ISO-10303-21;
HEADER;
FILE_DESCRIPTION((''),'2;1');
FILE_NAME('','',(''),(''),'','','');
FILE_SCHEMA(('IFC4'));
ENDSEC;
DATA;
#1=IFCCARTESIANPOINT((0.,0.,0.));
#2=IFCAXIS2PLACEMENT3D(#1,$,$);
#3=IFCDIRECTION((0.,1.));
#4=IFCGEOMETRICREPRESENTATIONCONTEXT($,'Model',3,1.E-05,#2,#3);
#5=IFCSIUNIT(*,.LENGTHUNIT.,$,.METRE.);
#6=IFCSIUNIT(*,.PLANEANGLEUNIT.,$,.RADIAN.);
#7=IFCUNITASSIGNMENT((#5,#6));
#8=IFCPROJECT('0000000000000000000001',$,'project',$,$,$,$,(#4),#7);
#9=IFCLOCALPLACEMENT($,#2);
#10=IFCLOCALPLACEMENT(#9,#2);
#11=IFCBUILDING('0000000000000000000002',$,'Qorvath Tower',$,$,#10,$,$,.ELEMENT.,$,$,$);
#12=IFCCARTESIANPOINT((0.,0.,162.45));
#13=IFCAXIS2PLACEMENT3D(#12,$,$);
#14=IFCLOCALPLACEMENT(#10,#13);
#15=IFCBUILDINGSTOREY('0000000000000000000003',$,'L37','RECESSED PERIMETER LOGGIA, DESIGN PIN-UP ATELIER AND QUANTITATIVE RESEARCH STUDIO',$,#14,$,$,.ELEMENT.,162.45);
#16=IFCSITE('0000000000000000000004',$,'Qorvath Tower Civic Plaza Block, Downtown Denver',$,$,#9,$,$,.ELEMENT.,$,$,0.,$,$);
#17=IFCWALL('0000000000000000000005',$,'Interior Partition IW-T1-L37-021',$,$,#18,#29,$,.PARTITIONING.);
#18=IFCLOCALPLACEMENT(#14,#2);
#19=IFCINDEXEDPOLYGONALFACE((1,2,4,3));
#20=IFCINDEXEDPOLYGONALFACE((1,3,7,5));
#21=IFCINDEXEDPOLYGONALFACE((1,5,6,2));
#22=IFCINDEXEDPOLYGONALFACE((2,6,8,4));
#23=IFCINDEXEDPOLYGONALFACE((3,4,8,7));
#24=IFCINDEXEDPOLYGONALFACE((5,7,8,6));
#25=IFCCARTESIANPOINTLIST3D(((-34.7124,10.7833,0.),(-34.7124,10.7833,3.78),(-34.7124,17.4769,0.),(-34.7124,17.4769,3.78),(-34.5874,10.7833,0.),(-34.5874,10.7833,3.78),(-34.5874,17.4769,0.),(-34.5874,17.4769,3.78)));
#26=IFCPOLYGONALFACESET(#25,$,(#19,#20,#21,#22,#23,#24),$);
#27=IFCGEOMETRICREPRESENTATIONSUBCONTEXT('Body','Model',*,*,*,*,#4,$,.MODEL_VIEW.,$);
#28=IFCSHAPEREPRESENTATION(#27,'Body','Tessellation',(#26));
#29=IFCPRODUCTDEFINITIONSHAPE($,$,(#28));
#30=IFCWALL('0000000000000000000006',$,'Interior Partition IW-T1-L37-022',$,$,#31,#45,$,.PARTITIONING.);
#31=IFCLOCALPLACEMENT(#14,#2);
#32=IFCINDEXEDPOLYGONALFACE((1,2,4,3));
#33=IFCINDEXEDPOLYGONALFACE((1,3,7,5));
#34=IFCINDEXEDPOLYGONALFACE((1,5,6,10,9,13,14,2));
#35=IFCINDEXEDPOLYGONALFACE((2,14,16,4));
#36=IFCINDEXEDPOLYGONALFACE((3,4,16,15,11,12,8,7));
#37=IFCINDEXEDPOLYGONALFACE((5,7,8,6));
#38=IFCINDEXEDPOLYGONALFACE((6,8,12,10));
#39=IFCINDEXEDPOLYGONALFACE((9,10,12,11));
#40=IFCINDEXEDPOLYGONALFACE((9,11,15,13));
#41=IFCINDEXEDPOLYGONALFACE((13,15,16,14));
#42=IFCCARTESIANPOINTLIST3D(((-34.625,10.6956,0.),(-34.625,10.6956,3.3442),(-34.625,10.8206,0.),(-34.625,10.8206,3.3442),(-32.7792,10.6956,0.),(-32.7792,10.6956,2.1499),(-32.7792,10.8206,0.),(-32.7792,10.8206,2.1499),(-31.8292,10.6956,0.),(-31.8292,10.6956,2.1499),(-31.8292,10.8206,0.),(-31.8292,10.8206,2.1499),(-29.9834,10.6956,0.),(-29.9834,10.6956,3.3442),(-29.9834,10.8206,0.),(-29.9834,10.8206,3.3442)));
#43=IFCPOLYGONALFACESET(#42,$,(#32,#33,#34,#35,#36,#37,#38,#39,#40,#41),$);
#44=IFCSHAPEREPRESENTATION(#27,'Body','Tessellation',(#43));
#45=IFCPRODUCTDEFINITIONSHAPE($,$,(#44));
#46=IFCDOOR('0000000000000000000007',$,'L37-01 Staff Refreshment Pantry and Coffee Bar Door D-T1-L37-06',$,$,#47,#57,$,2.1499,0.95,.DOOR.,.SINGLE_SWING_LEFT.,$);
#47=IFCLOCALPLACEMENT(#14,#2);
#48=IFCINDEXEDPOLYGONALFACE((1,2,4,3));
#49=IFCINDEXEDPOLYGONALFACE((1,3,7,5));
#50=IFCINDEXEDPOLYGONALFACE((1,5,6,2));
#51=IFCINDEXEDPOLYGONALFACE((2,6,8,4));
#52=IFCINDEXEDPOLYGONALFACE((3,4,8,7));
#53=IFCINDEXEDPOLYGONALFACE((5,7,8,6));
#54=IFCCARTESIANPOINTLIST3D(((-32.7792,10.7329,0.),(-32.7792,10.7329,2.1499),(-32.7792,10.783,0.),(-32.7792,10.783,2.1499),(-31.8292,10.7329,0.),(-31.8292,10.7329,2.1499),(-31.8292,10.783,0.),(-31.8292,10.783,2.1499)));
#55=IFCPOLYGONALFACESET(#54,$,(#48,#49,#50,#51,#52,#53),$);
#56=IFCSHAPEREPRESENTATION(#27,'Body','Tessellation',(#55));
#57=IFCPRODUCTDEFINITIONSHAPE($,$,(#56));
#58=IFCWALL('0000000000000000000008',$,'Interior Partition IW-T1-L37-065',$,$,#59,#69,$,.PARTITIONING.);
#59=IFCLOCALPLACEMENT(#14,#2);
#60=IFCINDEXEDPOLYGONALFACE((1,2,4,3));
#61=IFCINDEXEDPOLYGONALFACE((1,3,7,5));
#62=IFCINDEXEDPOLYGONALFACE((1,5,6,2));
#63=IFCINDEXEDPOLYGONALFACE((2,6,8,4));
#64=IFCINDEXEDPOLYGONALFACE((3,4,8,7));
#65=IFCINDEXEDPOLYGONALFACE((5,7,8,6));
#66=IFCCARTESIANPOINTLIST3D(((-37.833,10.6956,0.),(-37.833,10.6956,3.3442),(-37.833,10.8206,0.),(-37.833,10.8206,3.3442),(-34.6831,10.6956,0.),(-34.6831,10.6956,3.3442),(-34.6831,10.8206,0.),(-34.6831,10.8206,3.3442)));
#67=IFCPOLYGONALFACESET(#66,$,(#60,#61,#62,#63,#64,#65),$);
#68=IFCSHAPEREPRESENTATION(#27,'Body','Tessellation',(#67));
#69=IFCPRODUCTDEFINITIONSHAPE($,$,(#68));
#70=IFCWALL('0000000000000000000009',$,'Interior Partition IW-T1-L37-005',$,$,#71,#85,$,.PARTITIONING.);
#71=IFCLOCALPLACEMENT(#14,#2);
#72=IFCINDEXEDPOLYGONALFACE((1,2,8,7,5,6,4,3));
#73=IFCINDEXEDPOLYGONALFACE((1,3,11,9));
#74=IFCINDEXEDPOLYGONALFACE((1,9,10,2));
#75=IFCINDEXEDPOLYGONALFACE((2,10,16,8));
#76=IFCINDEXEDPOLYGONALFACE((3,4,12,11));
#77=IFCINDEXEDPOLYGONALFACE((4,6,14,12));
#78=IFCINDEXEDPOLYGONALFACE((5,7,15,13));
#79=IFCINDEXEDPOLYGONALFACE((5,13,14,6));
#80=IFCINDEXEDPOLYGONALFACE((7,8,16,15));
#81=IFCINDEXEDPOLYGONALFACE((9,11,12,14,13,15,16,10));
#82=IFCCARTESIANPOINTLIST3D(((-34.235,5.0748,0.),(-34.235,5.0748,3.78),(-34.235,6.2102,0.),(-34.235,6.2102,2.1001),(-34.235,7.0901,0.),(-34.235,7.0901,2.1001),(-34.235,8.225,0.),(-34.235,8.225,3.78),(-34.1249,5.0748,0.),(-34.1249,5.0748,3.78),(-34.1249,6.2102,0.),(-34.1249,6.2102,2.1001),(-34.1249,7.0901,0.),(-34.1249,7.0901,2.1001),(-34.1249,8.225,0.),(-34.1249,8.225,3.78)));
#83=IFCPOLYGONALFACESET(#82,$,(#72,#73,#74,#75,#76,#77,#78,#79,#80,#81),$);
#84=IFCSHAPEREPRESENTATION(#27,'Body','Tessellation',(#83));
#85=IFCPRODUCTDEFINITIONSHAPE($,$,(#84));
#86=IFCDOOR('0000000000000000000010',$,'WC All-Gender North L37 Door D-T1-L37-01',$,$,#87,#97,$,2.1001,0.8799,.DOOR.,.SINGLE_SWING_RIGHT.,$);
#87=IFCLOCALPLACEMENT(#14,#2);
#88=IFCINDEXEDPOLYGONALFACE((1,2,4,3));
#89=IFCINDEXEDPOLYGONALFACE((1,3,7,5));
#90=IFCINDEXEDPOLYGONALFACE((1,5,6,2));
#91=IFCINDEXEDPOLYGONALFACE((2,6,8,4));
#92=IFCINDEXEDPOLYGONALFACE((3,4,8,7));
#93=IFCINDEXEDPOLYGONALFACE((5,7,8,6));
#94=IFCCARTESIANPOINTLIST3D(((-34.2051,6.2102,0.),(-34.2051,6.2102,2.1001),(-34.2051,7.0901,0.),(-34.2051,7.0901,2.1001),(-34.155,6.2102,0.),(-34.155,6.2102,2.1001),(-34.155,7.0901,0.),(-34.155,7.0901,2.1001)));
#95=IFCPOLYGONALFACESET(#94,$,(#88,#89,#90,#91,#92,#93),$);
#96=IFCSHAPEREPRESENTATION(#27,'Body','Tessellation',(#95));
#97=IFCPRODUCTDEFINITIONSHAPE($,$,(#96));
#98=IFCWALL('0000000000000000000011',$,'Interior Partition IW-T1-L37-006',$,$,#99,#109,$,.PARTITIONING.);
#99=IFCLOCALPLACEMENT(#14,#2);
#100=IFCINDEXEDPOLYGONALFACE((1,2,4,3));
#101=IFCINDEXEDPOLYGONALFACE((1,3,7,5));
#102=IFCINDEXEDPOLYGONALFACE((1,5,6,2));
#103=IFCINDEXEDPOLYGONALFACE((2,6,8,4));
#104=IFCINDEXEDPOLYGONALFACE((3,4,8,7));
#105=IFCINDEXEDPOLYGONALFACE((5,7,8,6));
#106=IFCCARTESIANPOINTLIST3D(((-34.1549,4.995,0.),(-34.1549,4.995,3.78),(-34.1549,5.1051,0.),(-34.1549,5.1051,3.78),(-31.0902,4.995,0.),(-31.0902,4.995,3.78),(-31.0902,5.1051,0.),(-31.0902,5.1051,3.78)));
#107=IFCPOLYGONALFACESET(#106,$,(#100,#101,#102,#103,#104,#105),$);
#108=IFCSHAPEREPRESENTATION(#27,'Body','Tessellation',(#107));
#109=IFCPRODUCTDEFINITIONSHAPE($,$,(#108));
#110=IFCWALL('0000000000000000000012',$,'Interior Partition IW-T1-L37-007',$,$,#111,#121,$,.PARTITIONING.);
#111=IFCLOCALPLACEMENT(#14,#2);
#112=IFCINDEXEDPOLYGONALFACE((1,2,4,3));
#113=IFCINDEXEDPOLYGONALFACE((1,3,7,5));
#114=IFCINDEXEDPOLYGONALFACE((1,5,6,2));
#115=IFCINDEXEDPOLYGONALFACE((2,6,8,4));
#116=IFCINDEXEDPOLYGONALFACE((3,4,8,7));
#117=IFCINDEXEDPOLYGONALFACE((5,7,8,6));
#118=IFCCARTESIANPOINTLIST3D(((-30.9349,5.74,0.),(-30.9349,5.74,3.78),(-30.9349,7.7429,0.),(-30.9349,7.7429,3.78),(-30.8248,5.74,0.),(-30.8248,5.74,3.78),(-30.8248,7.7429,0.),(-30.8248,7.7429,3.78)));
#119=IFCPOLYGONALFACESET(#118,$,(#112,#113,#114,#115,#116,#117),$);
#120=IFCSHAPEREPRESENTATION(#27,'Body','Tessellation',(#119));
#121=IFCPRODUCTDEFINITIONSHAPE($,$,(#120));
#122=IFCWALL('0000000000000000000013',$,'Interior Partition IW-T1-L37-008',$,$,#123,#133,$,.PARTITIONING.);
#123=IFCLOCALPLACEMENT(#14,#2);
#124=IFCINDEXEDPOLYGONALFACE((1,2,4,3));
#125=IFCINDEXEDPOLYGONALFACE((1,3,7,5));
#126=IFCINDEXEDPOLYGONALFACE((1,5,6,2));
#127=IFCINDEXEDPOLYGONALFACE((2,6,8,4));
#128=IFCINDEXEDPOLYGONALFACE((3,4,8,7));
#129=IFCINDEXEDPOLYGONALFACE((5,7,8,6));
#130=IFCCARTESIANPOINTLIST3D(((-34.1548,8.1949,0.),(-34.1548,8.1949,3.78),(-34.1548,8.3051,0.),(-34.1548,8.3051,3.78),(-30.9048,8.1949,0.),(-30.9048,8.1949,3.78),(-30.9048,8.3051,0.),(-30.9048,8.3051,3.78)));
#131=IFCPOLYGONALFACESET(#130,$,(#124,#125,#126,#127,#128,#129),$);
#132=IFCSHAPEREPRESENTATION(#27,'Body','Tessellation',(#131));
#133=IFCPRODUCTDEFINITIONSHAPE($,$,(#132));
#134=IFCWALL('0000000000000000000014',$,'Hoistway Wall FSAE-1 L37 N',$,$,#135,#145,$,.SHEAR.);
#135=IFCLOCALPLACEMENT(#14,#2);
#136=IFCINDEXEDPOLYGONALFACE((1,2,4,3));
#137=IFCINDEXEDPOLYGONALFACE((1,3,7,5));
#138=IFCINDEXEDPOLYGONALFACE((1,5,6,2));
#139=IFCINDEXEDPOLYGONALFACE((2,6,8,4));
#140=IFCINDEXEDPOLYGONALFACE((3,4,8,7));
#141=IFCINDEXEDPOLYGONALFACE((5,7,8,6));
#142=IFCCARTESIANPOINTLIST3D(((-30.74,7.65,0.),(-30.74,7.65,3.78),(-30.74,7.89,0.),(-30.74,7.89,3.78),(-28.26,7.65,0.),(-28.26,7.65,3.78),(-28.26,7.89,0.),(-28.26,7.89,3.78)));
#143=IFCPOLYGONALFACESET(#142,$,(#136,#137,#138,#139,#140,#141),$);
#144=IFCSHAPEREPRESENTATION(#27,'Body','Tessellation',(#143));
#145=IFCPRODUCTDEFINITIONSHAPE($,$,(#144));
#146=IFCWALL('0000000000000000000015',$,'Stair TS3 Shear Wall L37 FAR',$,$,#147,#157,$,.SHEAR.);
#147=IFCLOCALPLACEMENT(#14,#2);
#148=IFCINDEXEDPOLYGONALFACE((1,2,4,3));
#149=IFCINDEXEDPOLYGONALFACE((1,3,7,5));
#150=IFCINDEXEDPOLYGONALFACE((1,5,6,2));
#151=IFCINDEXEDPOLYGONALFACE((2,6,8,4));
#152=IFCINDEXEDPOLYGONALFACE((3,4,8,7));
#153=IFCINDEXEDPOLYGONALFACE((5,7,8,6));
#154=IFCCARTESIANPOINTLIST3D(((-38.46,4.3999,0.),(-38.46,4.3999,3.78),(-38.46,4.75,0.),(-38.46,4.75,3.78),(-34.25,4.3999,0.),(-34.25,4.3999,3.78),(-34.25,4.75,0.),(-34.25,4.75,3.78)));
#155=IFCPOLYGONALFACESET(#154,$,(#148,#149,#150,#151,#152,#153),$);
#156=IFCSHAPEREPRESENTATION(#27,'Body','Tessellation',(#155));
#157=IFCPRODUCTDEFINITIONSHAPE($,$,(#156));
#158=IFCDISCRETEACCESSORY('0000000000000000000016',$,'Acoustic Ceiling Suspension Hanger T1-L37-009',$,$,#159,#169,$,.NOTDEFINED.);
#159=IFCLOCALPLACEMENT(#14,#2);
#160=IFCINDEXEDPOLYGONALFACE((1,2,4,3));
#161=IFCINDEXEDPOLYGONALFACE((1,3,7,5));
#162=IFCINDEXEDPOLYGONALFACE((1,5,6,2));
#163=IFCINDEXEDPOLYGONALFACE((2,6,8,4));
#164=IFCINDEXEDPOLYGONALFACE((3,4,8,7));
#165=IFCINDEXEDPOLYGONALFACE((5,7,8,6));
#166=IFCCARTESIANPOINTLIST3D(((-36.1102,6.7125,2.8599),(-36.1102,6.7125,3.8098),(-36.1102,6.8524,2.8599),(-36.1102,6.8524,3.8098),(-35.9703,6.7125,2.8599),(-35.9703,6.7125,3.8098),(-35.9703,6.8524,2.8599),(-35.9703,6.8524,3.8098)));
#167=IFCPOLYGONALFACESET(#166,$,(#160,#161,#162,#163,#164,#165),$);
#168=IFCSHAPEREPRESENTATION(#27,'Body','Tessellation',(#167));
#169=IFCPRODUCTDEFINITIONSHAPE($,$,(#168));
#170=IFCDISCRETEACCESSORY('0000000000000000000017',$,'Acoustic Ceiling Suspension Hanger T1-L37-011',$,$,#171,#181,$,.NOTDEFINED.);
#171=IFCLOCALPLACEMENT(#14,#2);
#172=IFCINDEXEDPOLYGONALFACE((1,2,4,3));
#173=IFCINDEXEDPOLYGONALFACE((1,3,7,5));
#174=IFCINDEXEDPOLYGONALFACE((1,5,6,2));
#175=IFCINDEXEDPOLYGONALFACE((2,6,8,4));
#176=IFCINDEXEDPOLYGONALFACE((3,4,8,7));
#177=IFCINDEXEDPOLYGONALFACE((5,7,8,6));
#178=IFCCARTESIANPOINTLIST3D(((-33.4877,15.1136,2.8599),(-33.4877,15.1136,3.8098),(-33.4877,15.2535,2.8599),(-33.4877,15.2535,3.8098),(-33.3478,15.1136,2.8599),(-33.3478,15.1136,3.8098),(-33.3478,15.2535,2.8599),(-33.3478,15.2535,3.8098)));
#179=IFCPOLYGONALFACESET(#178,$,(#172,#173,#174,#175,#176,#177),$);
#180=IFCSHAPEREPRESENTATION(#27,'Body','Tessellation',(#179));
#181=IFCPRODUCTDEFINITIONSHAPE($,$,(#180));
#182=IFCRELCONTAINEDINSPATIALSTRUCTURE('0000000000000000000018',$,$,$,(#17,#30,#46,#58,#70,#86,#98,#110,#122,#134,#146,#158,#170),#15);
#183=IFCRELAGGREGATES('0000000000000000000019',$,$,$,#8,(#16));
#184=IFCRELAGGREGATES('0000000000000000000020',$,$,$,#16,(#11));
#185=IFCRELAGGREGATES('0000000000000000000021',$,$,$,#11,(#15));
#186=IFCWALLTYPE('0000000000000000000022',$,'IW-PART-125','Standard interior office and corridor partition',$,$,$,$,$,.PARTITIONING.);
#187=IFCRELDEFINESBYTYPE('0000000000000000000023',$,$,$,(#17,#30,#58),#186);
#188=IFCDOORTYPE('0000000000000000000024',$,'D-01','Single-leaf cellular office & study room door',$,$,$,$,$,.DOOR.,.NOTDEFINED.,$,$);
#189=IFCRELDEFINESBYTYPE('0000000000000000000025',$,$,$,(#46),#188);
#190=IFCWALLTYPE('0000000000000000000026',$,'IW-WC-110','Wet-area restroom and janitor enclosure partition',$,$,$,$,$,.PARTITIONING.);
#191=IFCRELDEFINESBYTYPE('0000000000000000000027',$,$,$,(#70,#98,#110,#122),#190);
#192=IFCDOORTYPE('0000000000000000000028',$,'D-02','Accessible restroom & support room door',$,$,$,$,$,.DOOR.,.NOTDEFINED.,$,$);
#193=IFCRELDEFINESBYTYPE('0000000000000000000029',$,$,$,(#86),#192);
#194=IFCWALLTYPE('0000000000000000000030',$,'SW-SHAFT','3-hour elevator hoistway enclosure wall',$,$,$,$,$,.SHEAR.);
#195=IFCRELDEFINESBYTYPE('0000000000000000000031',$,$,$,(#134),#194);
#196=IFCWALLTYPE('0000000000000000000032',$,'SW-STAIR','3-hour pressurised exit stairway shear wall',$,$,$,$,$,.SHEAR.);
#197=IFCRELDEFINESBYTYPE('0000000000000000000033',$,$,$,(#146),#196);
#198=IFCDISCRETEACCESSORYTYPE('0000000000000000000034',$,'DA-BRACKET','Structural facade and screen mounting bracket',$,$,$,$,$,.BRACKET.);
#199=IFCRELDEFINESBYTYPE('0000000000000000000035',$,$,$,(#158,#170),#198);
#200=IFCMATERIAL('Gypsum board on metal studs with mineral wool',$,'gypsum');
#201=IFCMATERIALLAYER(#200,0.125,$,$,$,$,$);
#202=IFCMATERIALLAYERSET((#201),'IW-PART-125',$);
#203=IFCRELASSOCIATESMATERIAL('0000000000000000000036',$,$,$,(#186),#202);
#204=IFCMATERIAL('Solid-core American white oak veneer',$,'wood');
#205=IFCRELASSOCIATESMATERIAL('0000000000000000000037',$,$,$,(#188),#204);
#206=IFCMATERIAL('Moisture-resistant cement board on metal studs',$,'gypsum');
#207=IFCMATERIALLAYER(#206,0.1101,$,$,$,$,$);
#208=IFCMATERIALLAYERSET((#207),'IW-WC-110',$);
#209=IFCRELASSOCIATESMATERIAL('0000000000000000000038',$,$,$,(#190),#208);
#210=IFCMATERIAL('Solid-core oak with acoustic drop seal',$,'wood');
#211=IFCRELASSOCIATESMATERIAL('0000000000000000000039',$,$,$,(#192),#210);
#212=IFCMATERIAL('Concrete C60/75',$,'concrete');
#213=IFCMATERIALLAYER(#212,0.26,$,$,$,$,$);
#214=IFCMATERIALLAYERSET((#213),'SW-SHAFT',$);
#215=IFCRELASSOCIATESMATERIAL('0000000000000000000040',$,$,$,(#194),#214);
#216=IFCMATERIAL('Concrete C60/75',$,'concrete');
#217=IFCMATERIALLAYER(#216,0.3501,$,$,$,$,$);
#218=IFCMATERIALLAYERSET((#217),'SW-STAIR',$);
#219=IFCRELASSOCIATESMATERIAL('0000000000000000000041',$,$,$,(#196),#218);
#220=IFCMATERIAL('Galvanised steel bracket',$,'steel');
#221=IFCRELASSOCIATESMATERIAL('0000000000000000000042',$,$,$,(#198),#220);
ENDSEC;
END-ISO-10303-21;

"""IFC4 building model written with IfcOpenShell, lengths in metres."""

from ifc_helpers import new_model, si_unit, direction, frame, frame_2d, origin, origin_2d, place, context, subcontext, project, spatial, rectangle, extrude, material, layer, layer_set, type_object, element, fill, save


model = new_model("IFC4")

# Units and contexts
model_context = context("Model", 3, precision=1e-05, world=origin(), true_north=direction((0.0, 1.0)))
body_context = subcontext(model_context, "Body", "Model", "MODEL_VIEW")
ifc_project = project(units=[si_unit("LENGTHUNIT", "METRE"), si_unit("PLANEANGLEUNIT", "RADIAN")], contexts=[model_context])

# Site, building, storey
site_placement = place(None, origin())
site = spatial("IfcSite", under=ifc_project, at=site_placement, Name="Qorvath Tower Civic Plaza Block, Downtown Denver", CompositionType="ELEMENT", RefElevation=0.0)
building_placement = place(site_placement, origin())
building = spatial("IfcBuilding", under=site, at=building_placement, Name="Qorvath Tower", CompositionType="ELEMENT")
storey_placement = place(building_placement, frame((0.0, 0.0, 162.45)))
storey = spatial("IfcBuildingStorey", under=building, at=storey_placement, Name="L37", Description="RECESSED PERIMETER LOGGIA, DESIGN PIN-UP ATELIER AND QUANTITATIVE RESEARCH STUDIO", CompositionType="ELEMENT", Elevation=162.45)

# Wall
ifc_material_1 = material(Name="Gypsum board on metal studs with mineral wool", Category="gypsum")
ifc_layer_1 = layer(ifc_material_1, 0.125)
ifc_layer_set_1 = layer_set([ifc_layer_1], Name="IW-PART-125")
wall_type_1 = type_object("IfcWallType", Name="IW-PART-125", Description="Standard interior office and corridor partition", PredefinedType="PARTITIONING", material=ifc_layer_set_1)
wall_1_placement = place(storey_placement, frame((-34.6499, 17.4768, 0.0), z_axis=(0.0, 0.0, 1.0), x_axis=(0.0, -1.0, 0.0)))
element("IfcWall", 1, at=wall_1_placement, inside=storey, type_object=wall_type_1, Name="Interior Partition IW-T1-L37-021", PredefinedType="PARTITIONING", context=body_context, shape_type="SweptSolid", body=[
    extrude(rectangle(XDim=6.6936, YDim=0.125, at=frame_2d((3.3467, 0.0))), origin(), (0.0, 0.0, 1.0), 3.78),
])

# Wall, opening, door
wall_2_placement = place(storey_placement, frame((-34.625, 10.7581, 0.0), z_axis=(0.0, 0.0, 1.0), x_axis=(1.0, 0.0, 0.0)))
wall_2 = element("IfcWall", 2, at=wall_2_placement, inside=storey, type_object=wall_type_1, Name="Interior Partition IW-T1-L37-022", PredefinedType="PARTITIONING", context=body_context, shape_type="SweptSolid", body=[
    extrude(rectangle(XDim=4.6416, YDim=0.125, at=frame_2d((2.3208, 0.0))), origin(), (0.0, 0.0, 1.0), 3.3442),
])
opening_1_placement = place(wall_2_placement, frame((1.8457, 0.0, 0.0)))
opening_1 = element("IfcOpeningElement", 3, at=opening_1_placement, cuts=wall_2, PredefinedType="OPENING", context=body_context, shape_type="SweptSolid", body=[
    extrude(rectangle(XDim=0.95, YDim=2.1499, at=frame_2d((0.4751, 1.075))), frame((0.0, 0.0725, 0.0), z_axis=(0.0, -1.0, 0.0), x_axis=(1.0, 0.0, 0.0)), (0.0, 0.0, 1.0), 0.145),
])
ifc_material_2 = material(Name="Solid-core American white oak veneer", Category="wood")
door_type_1 = type_object("IfcDoorType", Name="D-01", Description="Single-leaf cellular office & study room door", OperationType="NOTDEFINED", PredefinedType="DOOR", material=ifc_material_2)
door_1_placement = place(opening_1_placement, origin())
door_1 = element("IfcDoor", 4, at=door_1_placement, inside=storey, type_object=door_type_1, Name="L37-01 Staff Refreshment Pantry and Coffee Bar Door D-T1-L37-06", OperationType="SINGLE_SWING_LEFT", OverallHeight=2.1499, OverallWidth=0.95, PredefinedType="DOOR", context=body_context, shape_type="SweptSolid", body=[
    extrude(rectangle(XDim=0.95, YDim=2.1499, at=frame_2d((0.4751, 1.075))), frame((0.0, 0.0249, 0.0), z_axis=(0.0, -1.0, 0.0), x_axis=(1.0, 0.0, 0.0)), (0.0, 0.0, 1.0), 0.05),
])
fill(opening_1, door_1)

# Wall
wall_3_placement = place(storey_placement, frame((-34.6831, 10.7581, 0.0), z_axis=(0.0, 0.0, 1.0), x_axis=(-1.0, 0.0, 0.0)))
element("IfcWall", 5, at=wall_3_placement, inside=storey, type_object=wall_type_1, Name="Interior Partition IW-T1-L37-065", PredefinedType="PARTITIONING", context=body_context, shape_type="SweptSolid", body=[
    extrude(rectangle(XDim=3.1499, YDim=0.125, at=frame_2d((1.575, 0.0))), origin(), (0.0, 0.0, 1.0), 3.3442),
])

# Wall, opening, door
ifc_material_3 = material(Name="Moisture-resistant cement board on metal studs", Category="gypsum")
ifc_layer_2 = layer(ifc_material_3, 0.1101)
ifc_layer_set_2 = layer_set([ifc_layer_2], Name="IW-WC-110")
wall_type_2 = type_object("IfcWallType", Name="IW-WC-110", Description="Wet-area restroom and janitor enclosure partition", PredefinedType="PARTITIONING", material=ifc_layer_set_2)
wall_4_placement = place(storey_placement, frame((-34.1799, 8.2251, 0.0), z_axis=(0.0, 0.0, 1.0), x_axis=(0.0, -1.0, 0.0)))
wall_4 = element("IfcWall", 6, at=wall_4_placement, inside=storey, type_object=wall_type_2, Name="Interior Partition IW-T1-L37-005", PredefinedType="PARTITIONING", context=body_context, shape_type="SweptSolid", body=[
    extrude(rectangle(XDim=3.1501, YDim=0.1101, at=frame_2d((1.5752, 0.0))), origin(), (0.0, 0.0, 1.0), 3.78),
])
opening_2_placement = place(wall_4_placement, frame((1.135, 0.0, 0.0)))
opening_2 = element("IfcOpeningElement", 7, at=opening_2_placement, cuts=wall_4, PredefinedType="OPENING", context=body_context, shape_type="SweptSolid", body=[
    extrude(rectangle(XDim=0.8799, YDim=2.1001, at=frame_2d((0.4399, 1.05))), frame((0.0, 0.0649, 0.0), z_axis=(0.0, -1.0, 0.0), x_axis=(1.0, 0.0, 0.0)), (0.0, 0.0, 1.0), 0.1301),
])
ifc_material_4 = material(Name="Solid-core oak with acoustic drop seal", Category="wood")
door_type_2 = type_object("IfcDoorType", Name="D-02", Description="Accessible restroom & support room door", OperationType="NOTDEFINED", PredefinedType="DOOR", material=ifc_material_4)
door_2_placement = place(opening_2_placement, origin())
door_2 = element("IfcDoor", 8, at=door_2_placement, inside=storey, type_object=door_type_2, Name="WC All-Gender North L37 Door D-T1-L37-01", OperationType="SINGLE_SWING_RIGHT", OverallHeight=2.1001, OverallWidth=0.8799, PredefinedType="DOOR", context=body_context, shape_type="SweptSolid", body=[
    extrude(rectangle(XDim=0.8799, YDim=2.1001, at=frame_2d((0.4399, 1.05))), frame((0.0, 0.0249, 0.0), z_axis=(0.0, -1.0, 0.0), x_axis=(1.0, 0.0, 0.0)), (0.0, 0.0, 1.0), 0.05),
])
fill(opening_2, door_2)

# Walls
wall_5_placement = place(storey_placement, frame((-34.1548, 5.05, 0.0), z_axis=(0.0, 0.0, 1.0), x_axis=(1.0, 0.0, 0.0)))
element("IfcWall", 9, at=wall_5_placement, inside=storey, type_object=wall_type_2, Name="Interior Partition IW-T1-L37-006", PredefinedType="PARTITIONING", context=body_context, shape_type="SweptSolid", body=[
    extrude(rectangle(XDim=3.0647, YDim=0.1101, at=frame_2d((1.5322, 0.0))), origin(), (0.0, 0.0, 1.0), 3.78),
])
wall_6_placement = place(storey_placement, frame((-30.8799, 5.74, 0.0), z_axis=(0.0, 0.0, 1.0), x_axis=(0.0, 1.0, 0.0)))
element("IfcWall", 10, at=wall_6_placement, inside=storey, type_object=wall_type_2, Name="Interior Partition IW-T1-L37-007", PredefinedType="PARTITIONING", context=body_context, shape_type="SweptSolid", body=[
    extrude(rectangle(XDim=2.0029, YDim=0.1101, at=frame_2d((1.0015, 0.0))), origin(), (0.0, 0.0, 1.0), 3.78),
])
wall_7_placement = place(storey_placement, frame((-30.9048, 8.25, 0.0), z_axis=(0.0, 0.0, 1.0), x_axis=(-1.0, 0.0, 0.0)))
element("IfcWall", 11, at=wall_7_placement, inside=storey, type_object=wall_type_2, Name="Interior Partition IW-T1-L37-008", PredefinedType="PARTITIONING", context=body_context, shape_type="SweptSolid", body=[
    extrude(rectangle(XDim=3.25, YDim=0.1101, at=frame_2d((1.625, 0.0))), origin(), (0.0, 0.0, 1.0), 3.78),
])
ifc_material_5 = material(Name="Concrete C60/75", Category="concrete")
ifc_layer_3 = layer(ifc_material_5, 0.26)
ifc_layer_set_3 = layer_set([ifc_layer_3], Name="SW-SHAFT")
wall_type_3 = type_object("IfcWallType", Name="SW-SHAFT", Description="3-hour elevator hoistway enclosure wall", PredefinedType="SHEAR", material=ifc_layer_set_3)
wall_8_placement = place(storey_placement, frame((-30.74, 7.77, 0.0), z_axis=(0.0, 0.0, 1.0), x_axis=(1.0, 0.0, 0.0)))
element("IfcWall", 12, at=wall_8_placement, inside=storey, type_object=wall_type_3, Name="Hoistway Wall FSAE-1 L37 N", PredefinedType="SHEAR", context=body_context, shape_type="SweptSolid", body=[
    extrude(rectangle(XDim=2.48, YDim=0.24, at=frame_2d((1.24, 0.0))), origin(), (0.0, 0.0, 1.0), 3.78),
])
ifc_material_6 = material(Name="Concrete C60/75", Category="concrete")
ifc_layer_4 = layer(ifc_material_6, 0.3501)
ifc_layer_set_4 = layer_set([ifc_layer_4], Name="SW-STAIR")
wall_type_4 = type_object("IfcWallType", Name="SW-STAIR", Description="3-hour pressurised exit stairway shear wall", PredefinedType="SHEAR", material=ifc_layer_set_4)
wall_9_placement = place(storey_placement, frame((-34.25, 4.575, 0.0), z_axis=(0.0, 0.0, 1.0), x_axis=(-1.0, 0.0, 0.0)))
element("IfcWall", 13, at=wall_9_placement, inside=storey, type_object=wall_type_4, Name="Stair TS3 Shear Wall L37 FAR", PredefinedType="SHEAR", context=body_context, shape_type="SweptSolid", body=[
    extrude(rectangle(XDim=4.21, YDim=0.3501, at=frame_2d((2.105, 0.0))), origin(), (0.0, 0.0, 1.0), 3.78),
])

# Discrete accessories
ifc_material_7 = material(Name="Galvanised steel bracket", Category="steel")
discrete_accessory_type = type_object("IfcDiscreteAccessoryType", Name="DA-BRACKET", Description="Structural facade and screen mounting bracket", PredefinedType="BRACKET", material=ifc_material_7)
for number, where, z_axis, x_axis, name in (
    (14, (-36.0403, 6.7825, 2.8599), (0.0, 0.0, 1.0), (1.0, 0.0, 0.0), "Acoustic Ceiling Suspension Hanger T1-L37-009"),
    (15, (-33.4177, 15.1836, 2.8599), (0.0, 0.0, 1.0), (1.0, 0.0, 0.0), "Acoustic Ceiling Suspension Hanger T1-L37-011"),
):
    element("IfcDiscreteAccessory", number, at=place(storey_placement, frame(where, z_axis=z_axis, x_axis=x_axis)), inside=storey, type_object=discrete_accessory_type, Name=name, PredefinedType="NOTDEFINED", context=body_context, shape_type="SweptSolid", body=[
        extrude(rectangle(XDim=0.1399, YDim=0.1399, at=origin_2d()), origin(), (0.0, 0.0, 1.0), 0.95),
    ])

save(model, "model.ifc")
